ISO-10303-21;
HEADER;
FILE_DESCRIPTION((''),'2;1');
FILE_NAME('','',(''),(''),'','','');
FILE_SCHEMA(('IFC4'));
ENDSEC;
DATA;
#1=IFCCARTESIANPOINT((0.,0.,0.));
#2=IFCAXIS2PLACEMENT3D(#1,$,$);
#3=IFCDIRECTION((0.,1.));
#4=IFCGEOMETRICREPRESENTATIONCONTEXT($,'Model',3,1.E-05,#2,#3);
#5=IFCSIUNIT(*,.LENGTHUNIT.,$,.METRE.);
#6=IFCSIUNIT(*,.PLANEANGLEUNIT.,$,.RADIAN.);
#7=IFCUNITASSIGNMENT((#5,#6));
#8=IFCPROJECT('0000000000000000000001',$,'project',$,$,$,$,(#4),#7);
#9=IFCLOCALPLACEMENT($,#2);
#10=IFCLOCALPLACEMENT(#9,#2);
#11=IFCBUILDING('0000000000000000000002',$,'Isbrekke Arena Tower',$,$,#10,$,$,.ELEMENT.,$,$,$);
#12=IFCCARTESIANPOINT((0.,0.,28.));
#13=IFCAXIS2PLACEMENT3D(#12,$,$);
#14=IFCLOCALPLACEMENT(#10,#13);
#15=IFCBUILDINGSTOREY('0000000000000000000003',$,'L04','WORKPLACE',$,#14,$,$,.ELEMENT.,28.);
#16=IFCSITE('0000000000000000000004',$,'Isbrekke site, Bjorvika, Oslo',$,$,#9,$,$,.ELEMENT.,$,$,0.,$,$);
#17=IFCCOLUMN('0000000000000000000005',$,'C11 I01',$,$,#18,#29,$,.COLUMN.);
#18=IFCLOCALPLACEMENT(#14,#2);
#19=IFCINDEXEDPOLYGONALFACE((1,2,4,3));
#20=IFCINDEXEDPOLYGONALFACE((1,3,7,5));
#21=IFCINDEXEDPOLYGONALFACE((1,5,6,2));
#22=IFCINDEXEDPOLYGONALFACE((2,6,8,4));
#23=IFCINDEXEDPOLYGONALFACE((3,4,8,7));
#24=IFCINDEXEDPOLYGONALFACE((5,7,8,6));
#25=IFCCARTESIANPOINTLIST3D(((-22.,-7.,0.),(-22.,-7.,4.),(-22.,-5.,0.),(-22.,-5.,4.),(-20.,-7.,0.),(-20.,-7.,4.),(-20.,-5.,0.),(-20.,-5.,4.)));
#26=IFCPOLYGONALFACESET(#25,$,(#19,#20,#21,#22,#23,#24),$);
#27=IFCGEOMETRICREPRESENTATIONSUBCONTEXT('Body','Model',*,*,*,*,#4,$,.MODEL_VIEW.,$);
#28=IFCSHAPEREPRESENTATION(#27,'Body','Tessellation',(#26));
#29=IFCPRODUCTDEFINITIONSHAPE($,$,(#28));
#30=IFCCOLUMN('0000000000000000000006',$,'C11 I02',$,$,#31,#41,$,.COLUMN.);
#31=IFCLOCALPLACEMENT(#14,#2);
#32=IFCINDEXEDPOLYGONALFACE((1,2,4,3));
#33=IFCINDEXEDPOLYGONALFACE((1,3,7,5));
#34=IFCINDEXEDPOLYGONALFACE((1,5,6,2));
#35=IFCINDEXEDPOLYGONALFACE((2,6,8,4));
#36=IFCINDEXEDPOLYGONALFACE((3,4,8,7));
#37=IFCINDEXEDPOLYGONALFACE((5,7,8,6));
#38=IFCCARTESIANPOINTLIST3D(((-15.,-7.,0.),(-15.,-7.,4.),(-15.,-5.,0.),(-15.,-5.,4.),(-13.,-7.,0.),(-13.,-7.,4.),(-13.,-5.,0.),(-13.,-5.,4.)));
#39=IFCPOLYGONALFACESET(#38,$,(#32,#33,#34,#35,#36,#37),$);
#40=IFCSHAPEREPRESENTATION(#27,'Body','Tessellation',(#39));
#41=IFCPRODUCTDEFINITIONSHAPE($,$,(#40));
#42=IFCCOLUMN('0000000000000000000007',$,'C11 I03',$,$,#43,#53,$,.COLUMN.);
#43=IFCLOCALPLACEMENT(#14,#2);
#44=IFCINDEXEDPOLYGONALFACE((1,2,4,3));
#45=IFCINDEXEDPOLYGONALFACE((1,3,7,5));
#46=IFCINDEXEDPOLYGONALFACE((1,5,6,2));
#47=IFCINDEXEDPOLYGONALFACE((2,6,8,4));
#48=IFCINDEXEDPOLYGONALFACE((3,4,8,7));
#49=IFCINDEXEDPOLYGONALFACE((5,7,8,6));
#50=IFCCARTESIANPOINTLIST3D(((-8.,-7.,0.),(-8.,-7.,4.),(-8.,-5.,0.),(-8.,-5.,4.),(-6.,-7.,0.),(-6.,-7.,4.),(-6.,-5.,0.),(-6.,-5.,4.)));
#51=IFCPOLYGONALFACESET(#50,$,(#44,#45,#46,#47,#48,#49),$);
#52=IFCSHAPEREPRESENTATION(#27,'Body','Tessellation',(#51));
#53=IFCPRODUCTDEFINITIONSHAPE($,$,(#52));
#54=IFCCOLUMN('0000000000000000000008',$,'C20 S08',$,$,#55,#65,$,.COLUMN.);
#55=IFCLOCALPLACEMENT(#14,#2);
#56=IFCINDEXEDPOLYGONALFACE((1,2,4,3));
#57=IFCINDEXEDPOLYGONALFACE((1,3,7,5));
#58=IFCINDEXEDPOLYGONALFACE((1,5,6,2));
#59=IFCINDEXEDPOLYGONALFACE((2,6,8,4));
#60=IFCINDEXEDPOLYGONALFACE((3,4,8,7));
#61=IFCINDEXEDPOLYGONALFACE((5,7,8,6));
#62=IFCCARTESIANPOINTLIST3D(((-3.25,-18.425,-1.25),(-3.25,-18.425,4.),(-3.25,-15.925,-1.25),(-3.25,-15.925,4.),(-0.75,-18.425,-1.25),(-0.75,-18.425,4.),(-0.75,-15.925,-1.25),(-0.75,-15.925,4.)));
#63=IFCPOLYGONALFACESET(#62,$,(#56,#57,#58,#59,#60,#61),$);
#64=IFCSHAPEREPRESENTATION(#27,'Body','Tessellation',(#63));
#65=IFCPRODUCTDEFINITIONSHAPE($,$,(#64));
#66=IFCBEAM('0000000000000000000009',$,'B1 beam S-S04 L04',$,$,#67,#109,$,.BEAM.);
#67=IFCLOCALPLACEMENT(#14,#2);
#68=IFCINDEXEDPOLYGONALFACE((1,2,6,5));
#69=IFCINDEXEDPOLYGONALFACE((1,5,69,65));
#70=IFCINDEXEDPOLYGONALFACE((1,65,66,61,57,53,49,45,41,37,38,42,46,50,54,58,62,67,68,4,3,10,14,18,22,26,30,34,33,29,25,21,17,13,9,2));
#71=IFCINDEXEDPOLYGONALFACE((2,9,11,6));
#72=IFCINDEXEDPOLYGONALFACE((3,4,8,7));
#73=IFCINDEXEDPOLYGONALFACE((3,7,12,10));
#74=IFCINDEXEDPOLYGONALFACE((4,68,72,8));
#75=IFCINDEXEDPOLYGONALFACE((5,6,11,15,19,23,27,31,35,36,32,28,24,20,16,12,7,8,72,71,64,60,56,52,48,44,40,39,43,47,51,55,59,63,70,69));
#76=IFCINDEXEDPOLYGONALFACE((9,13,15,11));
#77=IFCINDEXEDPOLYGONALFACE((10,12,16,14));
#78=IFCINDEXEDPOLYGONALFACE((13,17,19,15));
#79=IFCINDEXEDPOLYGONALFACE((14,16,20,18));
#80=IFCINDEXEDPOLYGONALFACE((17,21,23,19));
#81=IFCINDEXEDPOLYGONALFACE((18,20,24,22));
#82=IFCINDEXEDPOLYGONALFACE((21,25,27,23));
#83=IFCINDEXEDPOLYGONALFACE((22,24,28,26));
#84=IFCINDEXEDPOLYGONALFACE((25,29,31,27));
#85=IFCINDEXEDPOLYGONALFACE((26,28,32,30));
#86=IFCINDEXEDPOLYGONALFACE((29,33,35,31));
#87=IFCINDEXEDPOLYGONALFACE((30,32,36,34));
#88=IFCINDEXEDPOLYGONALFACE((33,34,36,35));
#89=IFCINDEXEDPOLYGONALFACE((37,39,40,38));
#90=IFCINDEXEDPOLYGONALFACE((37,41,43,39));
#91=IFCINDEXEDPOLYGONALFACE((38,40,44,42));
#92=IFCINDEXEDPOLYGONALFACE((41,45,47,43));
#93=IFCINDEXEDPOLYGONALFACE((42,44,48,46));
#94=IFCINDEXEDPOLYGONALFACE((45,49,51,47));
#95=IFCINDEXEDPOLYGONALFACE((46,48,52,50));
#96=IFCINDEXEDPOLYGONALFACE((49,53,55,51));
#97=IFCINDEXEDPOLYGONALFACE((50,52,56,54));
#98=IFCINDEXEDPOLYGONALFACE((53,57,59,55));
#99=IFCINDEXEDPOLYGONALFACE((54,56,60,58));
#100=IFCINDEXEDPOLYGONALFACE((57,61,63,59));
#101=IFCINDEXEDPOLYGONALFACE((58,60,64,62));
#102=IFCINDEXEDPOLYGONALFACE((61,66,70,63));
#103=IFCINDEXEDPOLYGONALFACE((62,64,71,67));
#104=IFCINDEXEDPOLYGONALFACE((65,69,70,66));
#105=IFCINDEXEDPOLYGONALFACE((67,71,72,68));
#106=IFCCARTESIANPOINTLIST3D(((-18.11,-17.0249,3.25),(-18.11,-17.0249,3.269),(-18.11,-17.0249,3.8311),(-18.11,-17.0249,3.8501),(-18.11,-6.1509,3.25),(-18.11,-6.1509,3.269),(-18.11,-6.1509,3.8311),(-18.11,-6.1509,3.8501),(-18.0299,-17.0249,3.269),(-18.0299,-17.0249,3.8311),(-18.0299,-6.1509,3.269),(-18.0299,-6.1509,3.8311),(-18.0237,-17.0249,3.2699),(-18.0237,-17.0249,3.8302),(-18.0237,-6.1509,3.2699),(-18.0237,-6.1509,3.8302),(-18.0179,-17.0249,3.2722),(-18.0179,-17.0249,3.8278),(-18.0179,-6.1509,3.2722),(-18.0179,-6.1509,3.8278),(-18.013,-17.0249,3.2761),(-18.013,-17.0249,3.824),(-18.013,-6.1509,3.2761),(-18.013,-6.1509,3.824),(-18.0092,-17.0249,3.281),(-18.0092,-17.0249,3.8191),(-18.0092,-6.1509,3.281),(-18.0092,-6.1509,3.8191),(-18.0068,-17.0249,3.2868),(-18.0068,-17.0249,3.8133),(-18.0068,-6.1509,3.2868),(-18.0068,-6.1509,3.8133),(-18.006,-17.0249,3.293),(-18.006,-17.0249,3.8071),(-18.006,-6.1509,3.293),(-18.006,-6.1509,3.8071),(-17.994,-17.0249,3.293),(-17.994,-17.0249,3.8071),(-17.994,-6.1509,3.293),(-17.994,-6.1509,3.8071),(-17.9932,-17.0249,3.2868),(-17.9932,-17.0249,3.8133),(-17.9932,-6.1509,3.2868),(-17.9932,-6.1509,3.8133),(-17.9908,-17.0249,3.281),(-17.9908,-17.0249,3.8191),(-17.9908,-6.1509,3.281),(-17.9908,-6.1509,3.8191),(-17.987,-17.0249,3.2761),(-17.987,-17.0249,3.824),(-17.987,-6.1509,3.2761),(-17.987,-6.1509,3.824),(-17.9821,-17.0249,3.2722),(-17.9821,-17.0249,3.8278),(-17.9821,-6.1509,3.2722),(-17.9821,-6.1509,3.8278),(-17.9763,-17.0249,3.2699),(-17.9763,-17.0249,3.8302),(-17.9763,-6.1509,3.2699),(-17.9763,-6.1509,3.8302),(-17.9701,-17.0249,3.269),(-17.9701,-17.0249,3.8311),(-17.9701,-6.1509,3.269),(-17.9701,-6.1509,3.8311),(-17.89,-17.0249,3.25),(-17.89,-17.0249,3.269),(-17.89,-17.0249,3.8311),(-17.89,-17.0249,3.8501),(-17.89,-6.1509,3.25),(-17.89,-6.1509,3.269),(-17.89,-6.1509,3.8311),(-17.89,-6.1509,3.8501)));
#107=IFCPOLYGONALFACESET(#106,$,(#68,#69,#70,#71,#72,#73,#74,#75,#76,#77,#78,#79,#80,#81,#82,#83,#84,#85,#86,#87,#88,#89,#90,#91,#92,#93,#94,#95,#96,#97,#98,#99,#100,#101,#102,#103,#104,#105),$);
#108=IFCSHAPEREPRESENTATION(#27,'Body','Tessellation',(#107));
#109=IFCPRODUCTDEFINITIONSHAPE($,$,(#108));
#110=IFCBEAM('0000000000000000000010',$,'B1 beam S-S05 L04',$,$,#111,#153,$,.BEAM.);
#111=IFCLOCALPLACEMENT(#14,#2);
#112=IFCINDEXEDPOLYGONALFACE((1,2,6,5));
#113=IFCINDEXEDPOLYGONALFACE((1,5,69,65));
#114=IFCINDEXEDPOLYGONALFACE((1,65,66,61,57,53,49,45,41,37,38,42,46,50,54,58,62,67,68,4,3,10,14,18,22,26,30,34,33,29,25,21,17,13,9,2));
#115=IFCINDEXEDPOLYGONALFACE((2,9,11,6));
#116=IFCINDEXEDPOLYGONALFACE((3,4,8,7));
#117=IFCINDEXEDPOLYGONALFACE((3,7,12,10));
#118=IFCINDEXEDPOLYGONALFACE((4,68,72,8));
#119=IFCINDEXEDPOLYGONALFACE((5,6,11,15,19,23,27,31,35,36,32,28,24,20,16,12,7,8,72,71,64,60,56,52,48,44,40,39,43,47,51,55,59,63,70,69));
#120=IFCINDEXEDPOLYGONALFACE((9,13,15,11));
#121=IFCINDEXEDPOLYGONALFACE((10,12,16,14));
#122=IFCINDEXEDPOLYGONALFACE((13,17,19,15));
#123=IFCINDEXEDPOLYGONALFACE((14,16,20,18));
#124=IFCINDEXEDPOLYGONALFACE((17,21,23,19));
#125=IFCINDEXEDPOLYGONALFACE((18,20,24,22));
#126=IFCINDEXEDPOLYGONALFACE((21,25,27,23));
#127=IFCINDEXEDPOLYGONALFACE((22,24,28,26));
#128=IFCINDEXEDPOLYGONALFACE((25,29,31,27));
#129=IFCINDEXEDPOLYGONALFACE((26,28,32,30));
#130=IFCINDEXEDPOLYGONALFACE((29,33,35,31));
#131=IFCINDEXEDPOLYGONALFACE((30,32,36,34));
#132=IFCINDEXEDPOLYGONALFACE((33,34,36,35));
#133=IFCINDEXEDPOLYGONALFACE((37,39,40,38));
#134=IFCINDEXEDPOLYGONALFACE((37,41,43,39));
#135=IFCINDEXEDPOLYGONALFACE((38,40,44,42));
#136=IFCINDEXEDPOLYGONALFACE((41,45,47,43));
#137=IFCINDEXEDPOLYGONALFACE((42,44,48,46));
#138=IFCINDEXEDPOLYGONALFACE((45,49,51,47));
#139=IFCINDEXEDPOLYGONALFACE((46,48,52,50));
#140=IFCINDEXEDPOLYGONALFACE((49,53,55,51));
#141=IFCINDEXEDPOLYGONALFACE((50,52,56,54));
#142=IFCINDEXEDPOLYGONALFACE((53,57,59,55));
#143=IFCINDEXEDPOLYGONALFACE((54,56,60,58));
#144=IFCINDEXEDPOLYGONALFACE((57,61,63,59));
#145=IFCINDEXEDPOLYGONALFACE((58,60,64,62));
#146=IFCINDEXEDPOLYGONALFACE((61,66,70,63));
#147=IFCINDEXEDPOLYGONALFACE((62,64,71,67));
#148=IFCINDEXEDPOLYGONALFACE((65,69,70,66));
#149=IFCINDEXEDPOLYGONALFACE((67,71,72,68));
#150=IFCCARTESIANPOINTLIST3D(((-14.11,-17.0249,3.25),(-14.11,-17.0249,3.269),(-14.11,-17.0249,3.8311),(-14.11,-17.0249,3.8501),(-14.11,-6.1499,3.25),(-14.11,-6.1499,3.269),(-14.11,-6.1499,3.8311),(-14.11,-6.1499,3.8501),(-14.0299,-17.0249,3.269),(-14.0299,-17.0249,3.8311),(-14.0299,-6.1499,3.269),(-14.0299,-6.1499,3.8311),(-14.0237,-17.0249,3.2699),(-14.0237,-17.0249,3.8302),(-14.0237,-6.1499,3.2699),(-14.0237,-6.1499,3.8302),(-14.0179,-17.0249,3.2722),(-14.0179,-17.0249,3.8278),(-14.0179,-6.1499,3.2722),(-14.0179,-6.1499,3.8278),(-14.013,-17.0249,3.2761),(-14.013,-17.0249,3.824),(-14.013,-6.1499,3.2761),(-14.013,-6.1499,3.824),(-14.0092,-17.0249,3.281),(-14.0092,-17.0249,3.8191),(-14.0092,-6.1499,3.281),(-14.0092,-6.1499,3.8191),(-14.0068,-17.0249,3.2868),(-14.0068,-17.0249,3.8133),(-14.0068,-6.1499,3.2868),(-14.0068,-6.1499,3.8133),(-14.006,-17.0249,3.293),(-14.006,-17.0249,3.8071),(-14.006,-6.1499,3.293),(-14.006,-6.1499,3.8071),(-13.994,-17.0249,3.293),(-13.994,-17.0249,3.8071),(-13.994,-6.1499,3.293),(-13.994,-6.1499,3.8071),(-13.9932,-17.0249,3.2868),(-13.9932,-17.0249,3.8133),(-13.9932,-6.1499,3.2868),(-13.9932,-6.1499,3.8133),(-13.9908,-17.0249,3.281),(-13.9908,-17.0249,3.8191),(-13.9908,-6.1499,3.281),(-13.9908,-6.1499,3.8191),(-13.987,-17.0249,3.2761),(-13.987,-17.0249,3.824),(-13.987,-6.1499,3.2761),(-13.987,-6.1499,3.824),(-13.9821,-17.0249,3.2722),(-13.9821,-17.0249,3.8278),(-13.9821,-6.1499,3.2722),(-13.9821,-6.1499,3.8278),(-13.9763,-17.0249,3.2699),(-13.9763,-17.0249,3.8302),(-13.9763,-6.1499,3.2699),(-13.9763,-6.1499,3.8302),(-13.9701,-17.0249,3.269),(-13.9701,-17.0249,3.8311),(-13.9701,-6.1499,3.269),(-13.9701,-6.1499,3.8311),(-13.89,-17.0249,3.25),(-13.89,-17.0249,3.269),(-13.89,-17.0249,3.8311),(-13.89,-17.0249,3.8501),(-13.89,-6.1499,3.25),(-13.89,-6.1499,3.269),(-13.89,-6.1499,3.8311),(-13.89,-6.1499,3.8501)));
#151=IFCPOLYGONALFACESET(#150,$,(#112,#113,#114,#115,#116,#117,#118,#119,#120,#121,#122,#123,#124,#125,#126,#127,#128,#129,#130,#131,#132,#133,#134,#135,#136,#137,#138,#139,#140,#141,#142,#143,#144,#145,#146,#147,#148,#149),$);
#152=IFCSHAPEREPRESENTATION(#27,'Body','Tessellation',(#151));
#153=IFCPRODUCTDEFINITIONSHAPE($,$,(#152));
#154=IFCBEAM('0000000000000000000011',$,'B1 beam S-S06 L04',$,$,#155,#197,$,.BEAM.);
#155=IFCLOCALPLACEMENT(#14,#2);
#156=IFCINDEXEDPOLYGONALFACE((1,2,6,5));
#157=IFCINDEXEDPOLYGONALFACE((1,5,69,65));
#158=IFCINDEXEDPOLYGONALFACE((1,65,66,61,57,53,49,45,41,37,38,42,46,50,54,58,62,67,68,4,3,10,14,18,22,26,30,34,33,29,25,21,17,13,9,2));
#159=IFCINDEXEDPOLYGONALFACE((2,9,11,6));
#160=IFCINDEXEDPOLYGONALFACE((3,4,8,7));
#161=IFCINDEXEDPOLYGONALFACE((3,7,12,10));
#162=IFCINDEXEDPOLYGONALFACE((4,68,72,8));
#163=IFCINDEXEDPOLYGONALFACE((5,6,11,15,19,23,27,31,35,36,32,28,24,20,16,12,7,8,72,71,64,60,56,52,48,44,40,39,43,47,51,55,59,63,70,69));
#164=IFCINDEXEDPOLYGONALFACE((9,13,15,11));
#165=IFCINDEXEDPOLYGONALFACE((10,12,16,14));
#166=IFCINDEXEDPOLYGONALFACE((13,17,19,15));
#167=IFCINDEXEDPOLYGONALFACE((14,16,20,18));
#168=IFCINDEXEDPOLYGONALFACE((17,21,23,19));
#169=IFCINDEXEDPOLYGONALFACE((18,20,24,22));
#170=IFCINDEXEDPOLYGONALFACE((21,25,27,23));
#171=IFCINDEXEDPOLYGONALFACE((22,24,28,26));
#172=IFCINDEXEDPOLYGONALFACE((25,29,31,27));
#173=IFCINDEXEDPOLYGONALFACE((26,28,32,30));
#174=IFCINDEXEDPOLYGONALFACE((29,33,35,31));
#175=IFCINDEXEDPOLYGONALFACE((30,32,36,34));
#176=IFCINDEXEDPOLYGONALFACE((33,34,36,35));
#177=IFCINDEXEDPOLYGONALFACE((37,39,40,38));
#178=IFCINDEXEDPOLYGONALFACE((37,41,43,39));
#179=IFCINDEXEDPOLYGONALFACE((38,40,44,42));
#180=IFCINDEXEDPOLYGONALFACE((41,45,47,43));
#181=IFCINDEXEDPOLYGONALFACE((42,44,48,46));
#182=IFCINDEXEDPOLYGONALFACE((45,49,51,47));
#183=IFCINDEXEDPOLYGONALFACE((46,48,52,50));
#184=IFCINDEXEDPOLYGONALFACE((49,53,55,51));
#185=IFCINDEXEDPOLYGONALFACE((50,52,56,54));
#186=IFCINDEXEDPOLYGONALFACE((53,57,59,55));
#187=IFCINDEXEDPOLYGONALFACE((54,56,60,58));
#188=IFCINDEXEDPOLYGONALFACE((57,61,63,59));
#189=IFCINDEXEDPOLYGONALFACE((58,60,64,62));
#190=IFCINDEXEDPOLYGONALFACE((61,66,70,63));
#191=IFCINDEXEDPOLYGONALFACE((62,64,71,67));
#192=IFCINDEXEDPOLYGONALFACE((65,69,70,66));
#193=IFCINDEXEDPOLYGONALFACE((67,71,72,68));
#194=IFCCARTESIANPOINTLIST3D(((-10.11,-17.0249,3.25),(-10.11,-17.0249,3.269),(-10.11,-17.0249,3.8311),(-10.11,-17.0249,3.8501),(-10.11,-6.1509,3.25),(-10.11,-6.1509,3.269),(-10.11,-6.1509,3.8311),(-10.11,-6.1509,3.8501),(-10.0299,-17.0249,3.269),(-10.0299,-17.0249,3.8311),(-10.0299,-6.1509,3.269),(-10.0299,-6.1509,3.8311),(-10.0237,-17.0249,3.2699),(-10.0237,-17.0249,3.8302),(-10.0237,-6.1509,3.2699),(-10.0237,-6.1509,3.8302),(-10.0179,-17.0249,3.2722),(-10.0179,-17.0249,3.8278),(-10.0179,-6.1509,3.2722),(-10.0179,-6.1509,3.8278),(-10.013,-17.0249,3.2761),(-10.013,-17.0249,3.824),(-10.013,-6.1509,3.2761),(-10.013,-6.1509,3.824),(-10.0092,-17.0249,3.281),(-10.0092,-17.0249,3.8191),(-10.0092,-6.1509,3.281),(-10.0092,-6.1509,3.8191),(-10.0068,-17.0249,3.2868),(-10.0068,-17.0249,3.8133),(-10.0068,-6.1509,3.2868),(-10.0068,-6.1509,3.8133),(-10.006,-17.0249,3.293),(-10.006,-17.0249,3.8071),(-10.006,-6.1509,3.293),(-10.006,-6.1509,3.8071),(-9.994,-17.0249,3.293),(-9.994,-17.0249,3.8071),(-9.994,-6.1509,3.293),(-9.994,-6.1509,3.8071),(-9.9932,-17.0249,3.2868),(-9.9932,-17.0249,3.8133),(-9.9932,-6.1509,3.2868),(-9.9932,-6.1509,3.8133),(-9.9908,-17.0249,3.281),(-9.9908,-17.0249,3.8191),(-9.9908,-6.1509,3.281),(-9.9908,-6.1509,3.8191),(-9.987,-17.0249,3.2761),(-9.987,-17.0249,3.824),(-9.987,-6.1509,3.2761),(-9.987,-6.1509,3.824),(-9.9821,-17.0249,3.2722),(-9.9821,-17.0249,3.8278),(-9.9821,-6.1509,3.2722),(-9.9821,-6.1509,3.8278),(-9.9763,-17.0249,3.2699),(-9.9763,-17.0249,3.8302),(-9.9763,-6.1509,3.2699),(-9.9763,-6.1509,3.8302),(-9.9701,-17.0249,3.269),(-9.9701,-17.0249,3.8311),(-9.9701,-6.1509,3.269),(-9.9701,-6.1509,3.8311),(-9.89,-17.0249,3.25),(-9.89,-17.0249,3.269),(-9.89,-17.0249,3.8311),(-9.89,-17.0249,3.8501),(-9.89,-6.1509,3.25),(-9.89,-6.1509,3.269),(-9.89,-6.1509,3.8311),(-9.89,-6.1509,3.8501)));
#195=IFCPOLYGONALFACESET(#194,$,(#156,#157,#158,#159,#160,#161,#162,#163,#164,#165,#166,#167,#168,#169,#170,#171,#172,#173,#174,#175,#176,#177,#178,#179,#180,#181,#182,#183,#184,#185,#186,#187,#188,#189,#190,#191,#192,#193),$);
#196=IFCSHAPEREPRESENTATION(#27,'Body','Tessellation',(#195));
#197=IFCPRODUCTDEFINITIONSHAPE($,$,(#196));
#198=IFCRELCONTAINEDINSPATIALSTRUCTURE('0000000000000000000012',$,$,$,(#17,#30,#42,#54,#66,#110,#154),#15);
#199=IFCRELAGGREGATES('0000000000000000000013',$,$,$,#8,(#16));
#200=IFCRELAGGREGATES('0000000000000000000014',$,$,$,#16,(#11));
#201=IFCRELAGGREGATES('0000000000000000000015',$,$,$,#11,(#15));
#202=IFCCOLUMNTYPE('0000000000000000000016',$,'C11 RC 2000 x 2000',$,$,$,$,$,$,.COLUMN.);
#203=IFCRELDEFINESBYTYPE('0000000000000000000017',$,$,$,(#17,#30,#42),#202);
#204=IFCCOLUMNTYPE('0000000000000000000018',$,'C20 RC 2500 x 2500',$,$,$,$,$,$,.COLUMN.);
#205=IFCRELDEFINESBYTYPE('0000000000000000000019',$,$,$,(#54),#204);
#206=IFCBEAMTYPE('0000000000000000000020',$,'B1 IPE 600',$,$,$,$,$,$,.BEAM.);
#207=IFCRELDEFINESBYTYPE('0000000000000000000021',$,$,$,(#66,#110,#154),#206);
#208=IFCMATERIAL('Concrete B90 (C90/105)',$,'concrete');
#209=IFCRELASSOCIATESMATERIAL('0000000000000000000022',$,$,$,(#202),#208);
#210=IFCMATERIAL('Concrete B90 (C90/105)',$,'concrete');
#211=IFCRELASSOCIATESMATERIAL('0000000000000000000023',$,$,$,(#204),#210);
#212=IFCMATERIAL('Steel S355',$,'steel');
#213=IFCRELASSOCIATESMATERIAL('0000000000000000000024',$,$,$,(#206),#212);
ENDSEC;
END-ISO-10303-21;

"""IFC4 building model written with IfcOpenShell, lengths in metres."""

from ifc_helpers import new_model, si_unit, direction, frame, origin, origin_2d, place, context, subcontext, project, spatial, rectangle, i_section, extrude, material, material_profile, profile_set, type_object, element, save


model = new_model("IFC4")

# Units and contexts
model_context = context("Model", 3, precision=1e-05, world=origin(), true_north=direction((0.0, 1.0)))
body_context = subcontext(model_context, "Body", "Model", "MODEL_VIEW")
ifc_project = project(units=[si_unit("LENGTHUNIT", "METRE"), si_unit("PLANEANGLEUNIT", "RADIAN")], contexts=[model_context])

# Site, building, storey
site_placement = place(None, origin())
site = spatial("IfcSite", under=ifc_project, at=site_placement, Name="Isbrekke site, Bjorvika, Oslo", CompositionType="ELEMENT", RefElevation=0.0)
building_placement = place(site_placement, origin())
building = spatial("IfcBuilding", under=site, at=building_placement, Name="Isbrekke Arena Tower", CompositionType="ELEMENT")
storey_placement = place(building_placement, frame((0.0, 0.0, 28.0)))
storey = spatial("IfcBuildingStorey", under=building, at=storey_placement, Name="L04", Description="WORKPLACE", CompositionType="ELEMENT", Elevation=28.0)

# Columns
ifc_material_1 = material(Name="Concrete B90 (C90/105)", Category="concrete")
ifc_material_profile_1 = material_profile(ifc_material_1, rectangle(XDim=2.0, YDim=2.0, at=origin_2d()), Name="RC 2000x2000")
ifc_profile_set_1 = profile_set([ifc_material_profile_1], Name="Concrete B90 (C90/105)")
column_type_1 = type_object("IfcColumnType", Name="C11 RC 2000 x 2000", PredefinedType="COLUMN", material=ifc_profile_set_1)
for number, where, z_axis, x_axis, name in (
    (1, (-21.0, -6.0, 0.0), (0.0, 0.0, 1.0), (1.0, 0.0, 0.0), "C11 I01"),
    (2, (-14.0, -6.0, 0.0), (0.0, 0.0, 1.0), (1.0, 0.0, 0.0), "C11 I02"),
    (3, (-7.0, -6.0, 0.0), (0.0, 0.0, 1.0), (1.0, 0.0, 0.0), "C11 I03"),
):
    element("IfcColumn", number, at=place(storey_placement, frame(where, z_axis=z_axis, x_axis=x_axis)), inside=storey, type_object=column_type_1, Name=name, PredefinedType="COLUMN", context=body_context, shape_type="SweptSolid", body=[
        extrude(rectangle(XDim=2.0, YDim=2.0, at=origin_2d()), origin(), (0.0, 0.0, 1.0), 4.0),
    ])
ifc_material_2 = material(Name="Concrete B90 (C90/105)", Category="concrete")
ifc_material_profile_2 = material_profile(ifc_material_2, rectangle(XDim=2.5, YDim=2.5, at=origin_2d()), Name="RC 2500x2500")
ifc_profile_set_2 = profile_set([ifc_material_profile_2], Name="Concrete B90 (C90/105)")
column_type_2 = type_object("IfcColumnType", Name="C20 RC 2500 x 2500", PredefinedType="COLUMN", material=ifc_profile_set_2)
column_placement = place(storey_placement, frame((-2.0, -17.175, -1.25), z_axis=(0.0, 0.0, 1.0), x_axis=(1.0, 0.0, 0.0)))
element("IfcColumn", 4, at=column_placement, inside=storey, type_object=column_type_2, Name="C20 S08", PredefinedType="COLUMN", context=body_context, shape_type="SweptSolid", body=[
    extrude(rectangle(XDim=2.5, YDim=2.5, at=origin_2d()), origin(), (0.0, 0.0, 1.0), 5.25),
])

# Beams
ifc_material_3 = material(Name="Steel S355", Category="steel")
ifc_material_profile_3 = material_profile(ifc_material_3, i_section(OverallWidth=0.22, OverallDepth=0.6001, WebThickness=0.012, FlangeThickness=0.019, FilletRadius=0.0239, at=origin_2d()), Name="IPE 600")
ifc_profile_set_3 = profile_set([ifc_material_profile_3], Name="Steel S355")
beam_type_1 = type_object("IfcBeamType", Name="B1 IPE 600", PredefinedType="BEAM", material=ifc_profile_set_3)
beam_1_placement = place(storey_placement, frame((-18.0, -17.0249, 3.55), z_axis=(0.0, 1.0, 0.0), x_axis=(-1.0, 0.0, 0.0)))
element("IfcBeam", 5, at=beam_1_placement, inside=storey, type_object=beam_type_1, Name="B1 beam S-S04 L04", PredefinedType="BEAM", context=body_context, shape_type="SweptSolid", body=[
    extrude(i_section(OverallWidth=0.22, OverallDepth=0.6001, WebThickness=0.012, FlangeThickness=0.019, FilletRadius=0.0239, at=origin_2d()), origin(), (0.0, 0.0, 1.0), 10.874),
])
beam_2_placement = place(storey_placement, frame((-14.0, -17.0249, 3.55), z_axis=(0.0, 1.0, 0.0), x_axis=(-1.0, 0.0, 0.0)))
element("IfcBeam", 6, at=beam_2_placement, inside=storey, type_object=beam_type_1, Name="B1 beam S-S05 L04", PredefinedType="BEAM", context=body_context, shape_type="SweptSolid", body=[
    extrude(i_section(OverallWidth=0.22, OverallDepth=0.6001, WebThickness=0.012, FlangeThickness=0.019, FilletRadius=0.0239, at=origin_2d()), origin(), (0.0, 0.0, 1.0), 10.875),
])
for number, where, z_axis, x_axis, name in (
    (7, (-10.0, -17.0249, 3.55), (0.0, 1.0, 0.0), (-1.0, 0.0, 0.0), "B1 beam S-S06 L04"),
):
    element("IfcBeam", number, at=place(storey_placement, frame(where, z_axis=z_axis, x_axis=x_axis)), inside=storey, type_object=beam_type_1, Name=name, PredefinedType="BEAM", context=body_context, shape_type="SweptSolid", body=[
        extrude(i_section(OverallWidth=0.22, OverallDepth=0.6001, WebThickness=0.012, FlangeThickness=0.019, FilletRadius=0.0239, at=origin_2d()), origin(), (0.0, 0.0, 1.0), 10.874),
    ])

save(model, "model.ifc")
